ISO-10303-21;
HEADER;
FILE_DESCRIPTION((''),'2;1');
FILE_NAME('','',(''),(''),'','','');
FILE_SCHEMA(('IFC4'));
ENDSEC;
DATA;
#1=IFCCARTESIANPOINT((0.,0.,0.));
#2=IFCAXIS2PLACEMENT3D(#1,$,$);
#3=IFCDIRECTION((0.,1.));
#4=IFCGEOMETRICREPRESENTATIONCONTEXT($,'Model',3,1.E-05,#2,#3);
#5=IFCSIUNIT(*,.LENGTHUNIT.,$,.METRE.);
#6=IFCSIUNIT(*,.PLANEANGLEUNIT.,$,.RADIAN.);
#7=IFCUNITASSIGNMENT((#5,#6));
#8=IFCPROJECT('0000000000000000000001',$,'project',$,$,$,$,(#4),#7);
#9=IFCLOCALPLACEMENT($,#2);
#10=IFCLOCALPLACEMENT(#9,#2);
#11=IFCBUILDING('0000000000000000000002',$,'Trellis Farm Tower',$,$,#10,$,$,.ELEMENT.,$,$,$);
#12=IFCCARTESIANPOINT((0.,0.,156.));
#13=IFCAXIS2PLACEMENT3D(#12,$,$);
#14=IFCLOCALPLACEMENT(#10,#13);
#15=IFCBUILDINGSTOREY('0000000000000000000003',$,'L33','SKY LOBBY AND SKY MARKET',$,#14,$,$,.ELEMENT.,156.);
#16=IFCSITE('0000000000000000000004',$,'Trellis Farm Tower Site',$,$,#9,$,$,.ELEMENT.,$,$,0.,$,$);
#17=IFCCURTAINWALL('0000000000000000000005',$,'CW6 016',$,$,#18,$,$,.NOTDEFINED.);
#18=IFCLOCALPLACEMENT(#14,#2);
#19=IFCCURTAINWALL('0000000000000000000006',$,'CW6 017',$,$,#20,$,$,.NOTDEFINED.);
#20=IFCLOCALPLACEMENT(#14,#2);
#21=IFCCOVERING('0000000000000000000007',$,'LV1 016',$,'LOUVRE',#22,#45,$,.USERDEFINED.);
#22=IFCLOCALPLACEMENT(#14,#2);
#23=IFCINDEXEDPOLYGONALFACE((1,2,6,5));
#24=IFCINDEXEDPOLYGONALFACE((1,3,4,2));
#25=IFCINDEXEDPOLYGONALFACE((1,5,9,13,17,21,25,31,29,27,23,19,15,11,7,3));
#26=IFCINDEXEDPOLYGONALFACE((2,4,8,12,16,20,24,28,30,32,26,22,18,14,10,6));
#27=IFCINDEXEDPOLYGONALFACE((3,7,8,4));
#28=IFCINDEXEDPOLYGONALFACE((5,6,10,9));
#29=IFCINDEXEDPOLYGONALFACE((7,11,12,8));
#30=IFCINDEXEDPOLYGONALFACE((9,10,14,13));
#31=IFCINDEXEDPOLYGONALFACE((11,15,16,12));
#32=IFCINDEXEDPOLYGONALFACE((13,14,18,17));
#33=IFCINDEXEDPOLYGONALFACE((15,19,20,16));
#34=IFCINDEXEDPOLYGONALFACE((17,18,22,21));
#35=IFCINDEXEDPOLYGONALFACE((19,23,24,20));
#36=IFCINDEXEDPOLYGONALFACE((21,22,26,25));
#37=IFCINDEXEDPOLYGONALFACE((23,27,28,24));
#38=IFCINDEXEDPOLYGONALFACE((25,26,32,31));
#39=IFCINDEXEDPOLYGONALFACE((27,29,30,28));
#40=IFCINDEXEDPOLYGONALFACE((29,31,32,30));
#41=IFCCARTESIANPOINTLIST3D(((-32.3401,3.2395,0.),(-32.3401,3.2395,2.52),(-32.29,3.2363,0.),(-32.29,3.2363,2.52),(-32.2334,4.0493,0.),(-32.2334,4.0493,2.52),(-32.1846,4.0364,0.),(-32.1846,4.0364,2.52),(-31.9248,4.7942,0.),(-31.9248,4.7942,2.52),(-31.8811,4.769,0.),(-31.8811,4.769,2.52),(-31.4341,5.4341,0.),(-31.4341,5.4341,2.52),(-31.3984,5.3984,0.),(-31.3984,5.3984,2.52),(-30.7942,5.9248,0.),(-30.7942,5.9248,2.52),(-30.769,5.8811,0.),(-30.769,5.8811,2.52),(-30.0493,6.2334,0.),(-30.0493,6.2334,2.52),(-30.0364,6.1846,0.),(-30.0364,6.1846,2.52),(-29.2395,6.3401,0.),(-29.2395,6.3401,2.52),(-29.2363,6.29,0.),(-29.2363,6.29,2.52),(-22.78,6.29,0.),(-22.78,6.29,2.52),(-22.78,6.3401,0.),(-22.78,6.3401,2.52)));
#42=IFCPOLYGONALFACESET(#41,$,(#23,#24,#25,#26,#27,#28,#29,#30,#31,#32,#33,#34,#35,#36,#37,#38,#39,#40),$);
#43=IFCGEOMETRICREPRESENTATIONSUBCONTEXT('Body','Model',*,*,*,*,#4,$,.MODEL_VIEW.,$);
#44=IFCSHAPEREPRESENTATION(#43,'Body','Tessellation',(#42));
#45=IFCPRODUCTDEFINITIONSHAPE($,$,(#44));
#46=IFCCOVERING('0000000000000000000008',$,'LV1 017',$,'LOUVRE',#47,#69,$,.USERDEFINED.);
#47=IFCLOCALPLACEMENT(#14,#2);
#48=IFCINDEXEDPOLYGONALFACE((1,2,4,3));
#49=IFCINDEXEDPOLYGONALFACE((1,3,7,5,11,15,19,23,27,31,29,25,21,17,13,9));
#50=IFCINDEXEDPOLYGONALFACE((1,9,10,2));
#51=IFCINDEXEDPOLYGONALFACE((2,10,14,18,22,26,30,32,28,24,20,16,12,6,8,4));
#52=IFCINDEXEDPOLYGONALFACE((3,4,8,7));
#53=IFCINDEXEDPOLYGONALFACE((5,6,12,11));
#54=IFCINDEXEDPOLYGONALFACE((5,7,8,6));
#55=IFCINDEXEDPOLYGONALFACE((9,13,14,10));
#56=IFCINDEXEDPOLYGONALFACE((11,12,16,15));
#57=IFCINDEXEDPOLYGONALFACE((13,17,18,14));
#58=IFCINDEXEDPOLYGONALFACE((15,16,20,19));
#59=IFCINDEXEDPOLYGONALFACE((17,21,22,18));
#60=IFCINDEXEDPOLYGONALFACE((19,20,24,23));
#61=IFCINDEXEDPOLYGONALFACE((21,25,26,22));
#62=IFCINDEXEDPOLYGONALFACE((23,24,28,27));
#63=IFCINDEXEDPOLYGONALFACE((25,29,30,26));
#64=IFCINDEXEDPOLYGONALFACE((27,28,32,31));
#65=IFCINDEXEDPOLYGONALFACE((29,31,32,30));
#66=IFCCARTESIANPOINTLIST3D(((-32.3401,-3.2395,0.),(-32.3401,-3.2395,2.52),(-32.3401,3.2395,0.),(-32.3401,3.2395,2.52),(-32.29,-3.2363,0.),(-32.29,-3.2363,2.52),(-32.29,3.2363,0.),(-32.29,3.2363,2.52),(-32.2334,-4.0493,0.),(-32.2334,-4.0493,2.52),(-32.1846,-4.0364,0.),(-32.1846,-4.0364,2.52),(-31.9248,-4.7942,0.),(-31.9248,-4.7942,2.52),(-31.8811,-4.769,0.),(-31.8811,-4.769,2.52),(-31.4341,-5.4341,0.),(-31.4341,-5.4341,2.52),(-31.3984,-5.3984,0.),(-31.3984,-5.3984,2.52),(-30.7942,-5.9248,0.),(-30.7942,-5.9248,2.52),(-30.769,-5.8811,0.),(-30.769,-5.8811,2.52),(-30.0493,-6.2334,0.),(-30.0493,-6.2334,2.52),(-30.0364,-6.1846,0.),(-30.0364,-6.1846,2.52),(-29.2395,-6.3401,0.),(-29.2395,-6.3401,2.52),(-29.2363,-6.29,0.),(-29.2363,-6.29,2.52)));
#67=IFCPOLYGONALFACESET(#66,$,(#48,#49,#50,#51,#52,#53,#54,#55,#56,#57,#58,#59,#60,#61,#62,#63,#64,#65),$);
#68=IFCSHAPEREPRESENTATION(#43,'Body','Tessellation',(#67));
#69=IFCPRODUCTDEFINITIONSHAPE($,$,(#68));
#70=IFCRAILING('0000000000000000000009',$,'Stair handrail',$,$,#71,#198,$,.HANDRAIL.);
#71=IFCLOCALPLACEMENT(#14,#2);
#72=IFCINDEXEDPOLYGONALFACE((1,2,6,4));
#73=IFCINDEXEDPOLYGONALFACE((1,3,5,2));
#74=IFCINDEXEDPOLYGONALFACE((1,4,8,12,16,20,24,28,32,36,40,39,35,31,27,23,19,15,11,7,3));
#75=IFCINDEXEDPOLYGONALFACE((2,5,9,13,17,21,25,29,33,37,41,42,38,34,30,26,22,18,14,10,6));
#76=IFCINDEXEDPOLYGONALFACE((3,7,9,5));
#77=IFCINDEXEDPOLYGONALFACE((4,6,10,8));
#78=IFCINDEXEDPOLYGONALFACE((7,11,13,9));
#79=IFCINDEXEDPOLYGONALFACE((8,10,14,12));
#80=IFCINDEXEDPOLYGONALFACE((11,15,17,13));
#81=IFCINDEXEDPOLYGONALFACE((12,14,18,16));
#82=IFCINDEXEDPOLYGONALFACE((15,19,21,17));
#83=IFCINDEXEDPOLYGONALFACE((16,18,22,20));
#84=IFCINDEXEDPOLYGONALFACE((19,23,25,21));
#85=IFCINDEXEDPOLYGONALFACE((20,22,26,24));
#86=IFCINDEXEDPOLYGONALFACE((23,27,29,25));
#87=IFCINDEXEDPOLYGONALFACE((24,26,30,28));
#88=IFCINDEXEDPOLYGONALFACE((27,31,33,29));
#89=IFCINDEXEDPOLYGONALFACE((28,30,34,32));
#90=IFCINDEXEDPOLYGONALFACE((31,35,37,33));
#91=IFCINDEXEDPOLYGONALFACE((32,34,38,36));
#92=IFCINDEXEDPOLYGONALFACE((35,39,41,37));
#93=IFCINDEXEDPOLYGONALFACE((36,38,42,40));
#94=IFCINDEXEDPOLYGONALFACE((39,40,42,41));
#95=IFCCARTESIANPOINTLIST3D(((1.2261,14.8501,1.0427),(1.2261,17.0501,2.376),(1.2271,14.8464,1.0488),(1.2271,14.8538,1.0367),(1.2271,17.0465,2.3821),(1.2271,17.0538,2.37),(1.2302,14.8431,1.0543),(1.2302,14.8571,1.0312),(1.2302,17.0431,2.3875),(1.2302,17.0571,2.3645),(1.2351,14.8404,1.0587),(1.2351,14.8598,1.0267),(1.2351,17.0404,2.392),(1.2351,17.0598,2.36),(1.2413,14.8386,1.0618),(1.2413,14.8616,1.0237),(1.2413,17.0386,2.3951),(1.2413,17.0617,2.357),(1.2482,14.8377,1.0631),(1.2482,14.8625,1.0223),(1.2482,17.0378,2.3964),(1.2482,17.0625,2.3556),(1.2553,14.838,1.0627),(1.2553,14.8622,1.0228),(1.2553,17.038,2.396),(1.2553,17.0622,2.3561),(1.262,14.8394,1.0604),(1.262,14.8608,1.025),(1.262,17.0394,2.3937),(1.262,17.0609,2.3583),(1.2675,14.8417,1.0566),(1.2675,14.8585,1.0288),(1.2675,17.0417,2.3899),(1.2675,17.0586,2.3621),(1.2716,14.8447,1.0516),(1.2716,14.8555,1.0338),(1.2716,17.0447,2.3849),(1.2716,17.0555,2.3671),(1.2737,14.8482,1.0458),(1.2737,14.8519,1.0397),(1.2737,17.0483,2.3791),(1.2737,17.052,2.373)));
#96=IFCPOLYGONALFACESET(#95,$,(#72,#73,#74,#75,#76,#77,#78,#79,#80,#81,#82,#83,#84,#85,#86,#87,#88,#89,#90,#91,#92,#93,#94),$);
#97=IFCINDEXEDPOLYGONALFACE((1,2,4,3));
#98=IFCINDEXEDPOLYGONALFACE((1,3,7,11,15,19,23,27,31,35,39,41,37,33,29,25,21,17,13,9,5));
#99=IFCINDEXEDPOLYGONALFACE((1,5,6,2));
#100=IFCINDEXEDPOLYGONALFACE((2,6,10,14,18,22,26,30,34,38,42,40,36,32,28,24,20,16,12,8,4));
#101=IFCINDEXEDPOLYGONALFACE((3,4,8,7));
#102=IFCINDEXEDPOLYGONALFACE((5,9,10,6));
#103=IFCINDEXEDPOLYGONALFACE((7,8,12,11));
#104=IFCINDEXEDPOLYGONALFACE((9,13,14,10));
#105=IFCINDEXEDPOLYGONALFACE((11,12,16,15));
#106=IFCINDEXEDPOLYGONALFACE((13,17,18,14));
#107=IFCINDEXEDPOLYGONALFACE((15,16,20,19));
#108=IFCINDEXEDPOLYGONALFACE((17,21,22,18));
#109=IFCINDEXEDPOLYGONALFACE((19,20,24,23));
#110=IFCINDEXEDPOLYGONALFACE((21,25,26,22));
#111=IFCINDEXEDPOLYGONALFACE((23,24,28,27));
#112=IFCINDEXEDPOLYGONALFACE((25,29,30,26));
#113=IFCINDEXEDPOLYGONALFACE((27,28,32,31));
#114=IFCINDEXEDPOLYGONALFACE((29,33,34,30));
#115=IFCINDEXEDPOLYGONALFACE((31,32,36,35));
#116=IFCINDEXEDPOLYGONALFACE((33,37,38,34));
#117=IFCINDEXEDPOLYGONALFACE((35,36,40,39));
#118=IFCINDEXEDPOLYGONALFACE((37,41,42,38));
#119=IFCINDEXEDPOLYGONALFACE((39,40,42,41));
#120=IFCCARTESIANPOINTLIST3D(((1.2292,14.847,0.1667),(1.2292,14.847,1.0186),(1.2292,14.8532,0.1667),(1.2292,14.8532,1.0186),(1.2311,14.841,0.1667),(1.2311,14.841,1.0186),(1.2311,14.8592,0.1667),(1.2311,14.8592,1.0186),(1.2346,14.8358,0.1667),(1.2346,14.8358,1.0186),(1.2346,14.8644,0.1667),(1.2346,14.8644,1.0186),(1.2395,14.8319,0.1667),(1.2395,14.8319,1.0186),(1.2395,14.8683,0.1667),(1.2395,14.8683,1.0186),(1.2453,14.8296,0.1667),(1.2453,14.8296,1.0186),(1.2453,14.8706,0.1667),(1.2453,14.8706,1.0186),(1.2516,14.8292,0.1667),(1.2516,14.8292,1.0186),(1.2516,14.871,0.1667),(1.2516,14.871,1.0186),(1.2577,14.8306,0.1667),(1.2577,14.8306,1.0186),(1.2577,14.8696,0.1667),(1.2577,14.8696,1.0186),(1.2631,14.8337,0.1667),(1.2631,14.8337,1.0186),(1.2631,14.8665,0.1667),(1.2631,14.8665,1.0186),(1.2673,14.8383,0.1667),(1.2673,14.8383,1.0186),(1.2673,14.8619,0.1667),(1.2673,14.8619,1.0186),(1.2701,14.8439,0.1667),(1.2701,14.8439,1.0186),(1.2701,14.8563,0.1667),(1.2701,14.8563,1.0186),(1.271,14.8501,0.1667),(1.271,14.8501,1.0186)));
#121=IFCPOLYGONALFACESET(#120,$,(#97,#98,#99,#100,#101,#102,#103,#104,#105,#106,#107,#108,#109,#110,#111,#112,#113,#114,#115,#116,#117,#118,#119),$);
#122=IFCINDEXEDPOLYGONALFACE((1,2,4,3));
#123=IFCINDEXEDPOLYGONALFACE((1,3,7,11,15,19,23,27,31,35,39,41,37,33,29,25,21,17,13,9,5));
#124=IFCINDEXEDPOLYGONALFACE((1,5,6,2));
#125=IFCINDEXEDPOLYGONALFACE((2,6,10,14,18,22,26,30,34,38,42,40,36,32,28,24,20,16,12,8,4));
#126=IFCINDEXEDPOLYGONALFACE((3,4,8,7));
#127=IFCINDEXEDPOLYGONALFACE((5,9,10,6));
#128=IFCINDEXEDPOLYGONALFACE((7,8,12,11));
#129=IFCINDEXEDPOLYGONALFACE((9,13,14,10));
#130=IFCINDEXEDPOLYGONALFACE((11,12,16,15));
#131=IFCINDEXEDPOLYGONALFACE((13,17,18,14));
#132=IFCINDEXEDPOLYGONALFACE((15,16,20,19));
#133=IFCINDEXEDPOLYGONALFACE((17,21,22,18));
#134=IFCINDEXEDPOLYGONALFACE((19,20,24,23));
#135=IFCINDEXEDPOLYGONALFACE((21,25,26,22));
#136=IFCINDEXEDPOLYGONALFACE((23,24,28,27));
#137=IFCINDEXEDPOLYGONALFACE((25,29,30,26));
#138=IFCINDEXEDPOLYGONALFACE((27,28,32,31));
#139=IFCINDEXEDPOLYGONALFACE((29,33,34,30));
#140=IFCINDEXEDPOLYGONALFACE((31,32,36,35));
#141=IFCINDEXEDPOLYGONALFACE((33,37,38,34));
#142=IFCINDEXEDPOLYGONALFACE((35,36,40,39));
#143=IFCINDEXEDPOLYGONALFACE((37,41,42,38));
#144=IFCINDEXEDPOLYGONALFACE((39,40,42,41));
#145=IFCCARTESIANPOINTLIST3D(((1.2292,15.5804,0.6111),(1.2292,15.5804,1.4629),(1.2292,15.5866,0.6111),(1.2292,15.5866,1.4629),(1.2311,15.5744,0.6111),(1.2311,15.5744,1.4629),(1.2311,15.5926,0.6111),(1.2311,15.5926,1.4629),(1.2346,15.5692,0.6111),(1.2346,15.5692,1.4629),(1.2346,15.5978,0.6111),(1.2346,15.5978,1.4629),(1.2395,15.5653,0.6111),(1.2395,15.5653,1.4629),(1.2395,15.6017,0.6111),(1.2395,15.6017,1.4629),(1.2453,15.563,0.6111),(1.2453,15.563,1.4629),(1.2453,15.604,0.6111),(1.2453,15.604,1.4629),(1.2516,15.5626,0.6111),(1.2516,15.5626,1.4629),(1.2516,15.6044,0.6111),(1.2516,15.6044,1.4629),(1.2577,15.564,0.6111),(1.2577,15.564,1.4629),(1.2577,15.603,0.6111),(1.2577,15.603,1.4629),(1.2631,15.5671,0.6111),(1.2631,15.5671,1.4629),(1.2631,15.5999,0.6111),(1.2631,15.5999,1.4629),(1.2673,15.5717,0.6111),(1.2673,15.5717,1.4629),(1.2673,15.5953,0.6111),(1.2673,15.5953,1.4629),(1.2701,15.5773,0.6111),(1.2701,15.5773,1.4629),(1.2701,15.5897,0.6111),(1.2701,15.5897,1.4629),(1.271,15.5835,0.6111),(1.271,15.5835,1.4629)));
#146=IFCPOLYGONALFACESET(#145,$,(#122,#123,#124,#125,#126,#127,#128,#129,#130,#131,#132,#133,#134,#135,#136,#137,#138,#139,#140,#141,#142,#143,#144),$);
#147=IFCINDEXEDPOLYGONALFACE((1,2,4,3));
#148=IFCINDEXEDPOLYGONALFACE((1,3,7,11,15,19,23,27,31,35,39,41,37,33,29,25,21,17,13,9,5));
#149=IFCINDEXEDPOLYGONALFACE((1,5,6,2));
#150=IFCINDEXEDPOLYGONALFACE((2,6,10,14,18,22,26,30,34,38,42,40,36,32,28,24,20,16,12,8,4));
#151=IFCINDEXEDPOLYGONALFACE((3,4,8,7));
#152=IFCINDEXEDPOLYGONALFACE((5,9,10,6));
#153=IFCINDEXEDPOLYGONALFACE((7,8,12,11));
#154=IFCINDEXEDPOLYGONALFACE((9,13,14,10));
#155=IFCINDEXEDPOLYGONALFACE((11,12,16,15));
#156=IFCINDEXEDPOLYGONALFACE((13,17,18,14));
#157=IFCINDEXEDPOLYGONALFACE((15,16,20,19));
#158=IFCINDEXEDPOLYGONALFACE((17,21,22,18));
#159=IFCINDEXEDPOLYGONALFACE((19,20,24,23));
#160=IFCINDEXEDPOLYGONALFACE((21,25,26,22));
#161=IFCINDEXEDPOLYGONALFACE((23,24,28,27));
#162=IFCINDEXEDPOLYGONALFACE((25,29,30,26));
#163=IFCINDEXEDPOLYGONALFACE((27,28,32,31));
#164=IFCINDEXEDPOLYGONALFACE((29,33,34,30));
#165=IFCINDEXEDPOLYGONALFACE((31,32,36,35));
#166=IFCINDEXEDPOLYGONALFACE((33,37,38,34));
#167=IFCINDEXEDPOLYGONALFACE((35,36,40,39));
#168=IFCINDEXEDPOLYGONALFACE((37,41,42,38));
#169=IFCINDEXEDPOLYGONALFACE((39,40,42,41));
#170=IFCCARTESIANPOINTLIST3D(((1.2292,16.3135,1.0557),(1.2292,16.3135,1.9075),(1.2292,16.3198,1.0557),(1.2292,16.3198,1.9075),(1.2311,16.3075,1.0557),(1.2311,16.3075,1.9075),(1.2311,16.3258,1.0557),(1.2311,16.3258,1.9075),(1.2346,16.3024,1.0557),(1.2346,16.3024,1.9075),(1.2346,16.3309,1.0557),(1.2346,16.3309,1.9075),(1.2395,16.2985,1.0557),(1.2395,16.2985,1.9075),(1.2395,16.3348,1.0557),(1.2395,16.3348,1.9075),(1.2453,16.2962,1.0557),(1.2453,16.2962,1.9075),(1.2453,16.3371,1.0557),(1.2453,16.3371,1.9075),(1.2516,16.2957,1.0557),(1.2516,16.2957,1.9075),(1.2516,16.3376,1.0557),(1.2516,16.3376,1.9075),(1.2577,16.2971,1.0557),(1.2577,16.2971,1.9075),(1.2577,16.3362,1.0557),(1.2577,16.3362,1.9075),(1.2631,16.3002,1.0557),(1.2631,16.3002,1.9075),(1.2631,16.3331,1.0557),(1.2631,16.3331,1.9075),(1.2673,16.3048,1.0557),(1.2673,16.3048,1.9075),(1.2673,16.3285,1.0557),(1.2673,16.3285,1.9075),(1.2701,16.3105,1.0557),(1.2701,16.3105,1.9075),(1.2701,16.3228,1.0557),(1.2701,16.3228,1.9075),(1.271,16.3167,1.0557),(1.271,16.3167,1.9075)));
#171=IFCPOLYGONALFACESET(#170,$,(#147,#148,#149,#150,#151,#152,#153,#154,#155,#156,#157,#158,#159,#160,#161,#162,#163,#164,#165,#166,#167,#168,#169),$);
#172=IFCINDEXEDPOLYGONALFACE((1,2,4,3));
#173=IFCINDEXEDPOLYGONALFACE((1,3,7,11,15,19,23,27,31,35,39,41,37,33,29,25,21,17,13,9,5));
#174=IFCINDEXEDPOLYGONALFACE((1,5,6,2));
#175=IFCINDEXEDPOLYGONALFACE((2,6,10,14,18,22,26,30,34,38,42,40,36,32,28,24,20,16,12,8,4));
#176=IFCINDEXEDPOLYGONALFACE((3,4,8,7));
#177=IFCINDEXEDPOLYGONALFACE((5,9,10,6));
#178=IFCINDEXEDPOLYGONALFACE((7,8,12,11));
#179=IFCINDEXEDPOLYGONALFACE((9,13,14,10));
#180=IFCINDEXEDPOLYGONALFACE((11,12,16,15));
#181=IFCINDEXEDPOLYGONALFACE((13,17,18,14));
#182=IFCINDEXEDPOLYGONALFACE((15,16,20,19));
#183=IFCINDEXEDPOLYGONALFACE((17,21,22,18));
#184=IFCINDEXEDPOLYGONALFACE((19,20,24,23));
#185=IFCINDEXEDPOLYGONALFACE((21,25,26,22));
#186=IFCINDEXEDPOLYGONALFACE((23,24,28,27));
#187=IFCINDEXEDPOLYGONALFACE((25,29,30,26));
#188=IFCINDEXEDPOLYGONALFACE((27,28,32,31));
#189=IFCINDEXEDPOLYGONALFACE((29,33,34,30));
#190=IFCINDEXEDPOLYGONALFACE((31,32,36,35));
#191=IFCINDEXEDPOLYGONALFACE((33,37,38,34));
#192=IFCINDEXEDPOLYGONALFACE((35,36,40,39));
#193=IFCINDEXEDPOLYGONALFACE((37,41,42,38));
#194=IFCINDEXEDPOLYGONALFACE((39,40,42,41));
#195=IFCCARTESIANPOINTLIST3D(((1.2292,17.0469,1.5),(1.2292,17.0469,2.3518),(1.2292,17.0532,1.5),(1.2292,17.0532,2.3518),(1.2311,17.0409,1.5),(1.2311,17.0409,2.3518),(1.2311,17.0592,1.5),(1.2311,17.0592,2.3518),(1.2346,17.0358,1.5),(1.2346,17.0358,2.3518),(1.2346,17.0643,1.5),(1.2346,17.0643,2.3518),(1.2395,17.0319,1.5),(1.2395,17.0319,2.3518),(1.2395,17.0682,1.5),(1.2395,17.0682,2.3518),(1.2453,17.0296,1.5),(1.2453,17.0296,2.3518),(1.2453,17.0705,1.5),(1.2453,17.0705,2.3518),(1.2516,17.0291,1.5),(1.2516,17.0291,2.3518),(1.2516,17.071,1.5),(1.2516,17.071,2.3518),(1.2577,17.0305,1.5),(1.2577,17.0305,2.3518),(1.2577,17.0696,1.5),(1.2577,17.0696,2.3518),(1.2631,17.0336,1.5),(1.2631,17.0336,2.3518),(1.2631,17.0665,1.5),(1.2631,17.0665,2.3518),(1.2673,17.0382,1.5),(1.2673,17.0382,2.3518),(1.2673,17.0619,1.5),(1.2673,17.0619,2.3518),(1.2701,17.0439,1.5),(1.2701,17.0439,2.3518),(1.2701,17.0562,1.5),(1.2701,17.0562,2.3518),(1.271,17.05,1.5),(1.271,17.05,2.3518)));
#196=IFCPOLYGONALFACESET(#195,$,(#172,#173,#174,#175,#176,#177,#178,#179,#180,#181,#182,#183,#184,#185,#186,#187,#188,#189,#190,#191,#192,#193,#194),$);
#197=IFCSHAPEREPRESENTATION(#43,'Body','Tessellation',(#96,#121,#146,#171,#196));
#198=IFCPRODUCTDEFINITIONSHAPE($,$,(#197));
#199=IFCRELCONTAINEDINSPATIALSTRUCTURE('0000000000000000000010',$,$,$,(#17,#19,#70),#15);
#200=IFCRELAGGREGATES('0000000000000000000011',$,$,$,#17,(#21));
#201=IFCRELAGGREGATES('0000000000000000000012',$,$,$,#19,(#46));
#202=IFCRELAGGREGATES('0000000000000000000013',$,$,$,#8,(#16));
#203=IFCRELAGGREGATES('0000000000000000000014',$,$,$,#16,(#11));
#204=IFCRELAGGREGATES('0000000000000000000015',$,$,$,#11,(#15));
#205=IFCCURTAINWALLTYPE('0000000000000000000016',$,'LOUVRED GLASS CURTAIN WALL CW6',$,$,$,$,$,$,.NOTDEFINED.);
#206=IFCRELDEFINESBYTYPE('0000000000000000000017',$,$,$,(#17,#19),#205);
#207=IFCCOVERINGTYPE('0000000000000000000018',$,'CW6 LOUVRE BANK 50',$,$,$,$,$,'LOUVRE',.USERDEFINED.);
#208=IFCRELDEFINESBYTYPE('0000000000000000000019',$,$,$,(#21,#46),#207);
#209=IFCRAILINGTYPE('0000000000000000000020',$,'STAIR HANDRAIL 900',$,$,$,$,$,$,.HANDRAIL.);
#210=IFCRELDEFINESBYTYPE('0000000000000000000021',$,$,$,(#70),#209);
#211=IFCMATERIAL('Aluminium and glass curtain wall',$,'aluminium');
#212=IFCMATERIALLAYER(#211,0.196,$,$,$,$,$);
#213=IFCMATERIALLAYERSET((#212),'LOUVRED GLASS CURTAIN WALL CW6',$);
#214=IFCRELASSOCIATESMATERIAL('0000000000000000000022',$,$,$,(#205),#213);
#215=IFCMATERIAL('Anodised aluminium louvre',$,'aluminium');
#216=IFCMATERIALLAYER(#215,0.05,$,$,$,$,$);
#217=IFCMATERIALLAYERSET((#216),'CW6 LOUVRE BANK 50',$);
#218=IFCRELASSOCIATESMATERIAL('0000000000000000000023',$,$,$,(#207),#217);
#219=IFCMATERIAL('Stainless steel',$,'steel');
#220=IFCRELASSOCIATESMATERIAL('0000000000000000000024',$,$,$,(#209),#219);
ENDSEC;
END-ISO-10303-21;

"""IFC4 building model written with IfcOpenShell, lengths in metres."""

from ifc_helpers import new_model, si_unit, direction, frame, origin, origin_2d, place, context, subcontext, project, spatial, polyline, circle, outline, extrude, source, transform, mapped, material, layer, layer_set, type_object, element, aggregate, save


model = new_model("IFC4")

# Units and contexts
model_context = context("Model", 3, precision=1e-05, world=origin(), true_north=direction((0.0, 1.0)))
body_context = subcontext(model_context, "Body", "Model", "MODEL_VIEW")
ifc_project = project(units=[si_unit("LENGTHUNIT", "METRE"), si_unit("PLANEANGLEUNIT", "RADIAN")], contexts=[model_context])

# Site, building, storey
site_placement = place(None, origin())
site = spatial("IfcSite", under=ifc_project, at=site_placement, Name="Trellis Farm Tower Site", CompositionType="ELEMENT", RefElevation=0.0)
building_placement = place(site_placement, origin())
building = spatial("IfcBuilding", under=site, at=building_placement, Name="Trellis Farm Tower", CompositionType="ELEMENT")
storey_placement = place(building_placement, frame((0.0, 0.0, 156.0)))
storey = spatial("IfcBuildingStorey", under=building, at=storey_placement, Name="L33", Description="SKY LOBBY AND SKY MARKET", CompositionType="ELEMENT", Elevation=156.0)

# Curtain wall
ifc_material_1 = material(Name="Aluminium and glass curtain wall", Category="aluminium")
ifc_layer_1 = layer(ifc_material_1, 0.196)
ifc_layer_set_1 = layer_set([ifc_layer_1], Name="LOUVRED GLASS CURTAIN WALL CW6")
curtain_wall_type = type_object("IfcCurtainWallType", Name="LOUVRED GLASS CURTAIN WALL CW6", PredefinedType="NOTDEFINED", material=ifc_layer_set_1)
placement_1 = place(storey_placement, origin())
curtain_wall_1 = element("IfcCurtainWall", 1, at=placement_1, inside=storey, type_object=curtain_wall_type, Name="CW6 016", PredefinedType="NOTDEFINED")

# Curtain wall
curtain_wall_2 = element("IfcCurtainWall", 2, at=placement_1, inside=storey, type_object=curtain_wall_type, Name="CW6 017", PredefinedType="NOTDEFINED")

# Coverings
ifc_material_2 = material(Name="Anodised aluminium louvre", Category="aluminium")
ifc_layer_2 = layer(ifc_material_2, 0.05)
ifc_layer_set_2 = layer_set([ifc_layer_2], Name="CW6 LOUVRE BANK 50")
covering_type_1 = type_object("IfcCoveringType", Name="CW6 LOUVRE BANK 50", ElementType="LOUVRE", PredefinedType="USERDEFINED", material=ifc_layer_set_2)
covering_1 = element("IfcCovering", 3, at=placement_1, type_object=covering_type_1, Name="LV1 016", ObjectType="LOUVRE", PredefinedType="USERDEFINED", context=body_context, shape_type="SweptSolid", body=[
    extrude(outline(polyline([(-22.78, 6.3401), (-29.2395, 6.3401), (-30.0493, 6.2334), (-30.7942, 5.9248), (-31.4341, 5.4341), (-31.9248, 4.7942), (-32.2334, 4.0493), (-32.3401, 3.2395), (-32.29, 3.2363), (-32.1846, 4.0364), (-31.8811, 4.769), (-31.3984, 5.3984), (-30.769, 5.8811), (-30.0364, 6.1846), (-29.2363, 6.29), (-22.78, 6.29), (-22.78, 6.3401)])), origin(), (0.0, 0.0, 1.0), 2.52),
])
aggregate(curtain_wall_1, [covering_1])
covering_2 = element("IfcCovering", 4, at=placement_1, type_object=covering_type_1, Name="LV1 017", ObjectType="LOUVRE", PredefinedType="USERDEFINED", context=body_context, shape_type="SweptSolid", body=[
    extrude(outline(polyline([(-32.3401, 3.2395), (-32.3401, -3.2395), (-32.2334, -4.0493), (-31.9248, -4.7942), (-31.4341, -5.4341), (-30.7942, -5.9248), (-30.0493, -6.2334), (-29.2395, -6.3401), (-29.2363, -6.29), (-30.0364, -6.1846), (-30.769, -5.8811), (-31.3984, -5.3984), (-31.8811, -4.769), (-32.1846, -4.0364), (-32.29, -3.2363), (-32.29, 3.2363), (-32.3401, 3.2395)])), origin(), (0.0, 0.0, 1.0), 2.52),
])
aggregate(curtain_wall_2, [covering_2])

# Railing
ifc_material_3 = material(Name="Stainless steel", Category="steel")
railing_type = type_object("IfcRailingType", Name="STAIR HANDRAIL 900", PredefinedType="HANDRAIL", material=ifc_material_3)
shared_shape_1 = source(origin(), body_context, "Body", "SweptSolid", [
    extrude(circle(Radius=0.0239, at=origin_2d()), frame((0.0, 0.0, 0.876), z_axis=(0.0, 0.855207, 0.518287), x_axis=(-1.0, 0.0, 0.0)), (0.0, 0.0, 1.0), 2.5725),
    extrude(circle(Radius=0.021, at=origin_2d()), origin(), (0.0, 0.0, 1.0), 0.8518),
    extrude(circle(Radius=0.021, at=origin_2d()), frame((0.0, 0.7334, 0.4443)), (0.0, 0.0, 1.0), 0.8518),
    extrude(circle(Radius=0.021, at=origin_2d()), frame((0.0, 1.4666, 0.8889)), (0.0, 0.0, 1.0), 0.8518),
    extrude(circle(Radius=0.021, at=origin_2d()), frame((0.0, 2.2, 1.3333)), (0.0, 0.0, 1.0), 0.8518),
])
for number, where, name in (
    (5, (1.25, 14.8501, 0.1667), "Stair handrail"),
):
    element("IfcRailing", number, at=place(storey_placement, frame(where)), inside=storey, type_object=railing_type, Name=name, PredefinedType="HANDRAIL", context=body_context, shape_type="MappedRepresentation", body=[
        mapped(shared_shape_1, transform((0.0, 0.0, 0.0))),
    ])

save(model, "model.ifc")
